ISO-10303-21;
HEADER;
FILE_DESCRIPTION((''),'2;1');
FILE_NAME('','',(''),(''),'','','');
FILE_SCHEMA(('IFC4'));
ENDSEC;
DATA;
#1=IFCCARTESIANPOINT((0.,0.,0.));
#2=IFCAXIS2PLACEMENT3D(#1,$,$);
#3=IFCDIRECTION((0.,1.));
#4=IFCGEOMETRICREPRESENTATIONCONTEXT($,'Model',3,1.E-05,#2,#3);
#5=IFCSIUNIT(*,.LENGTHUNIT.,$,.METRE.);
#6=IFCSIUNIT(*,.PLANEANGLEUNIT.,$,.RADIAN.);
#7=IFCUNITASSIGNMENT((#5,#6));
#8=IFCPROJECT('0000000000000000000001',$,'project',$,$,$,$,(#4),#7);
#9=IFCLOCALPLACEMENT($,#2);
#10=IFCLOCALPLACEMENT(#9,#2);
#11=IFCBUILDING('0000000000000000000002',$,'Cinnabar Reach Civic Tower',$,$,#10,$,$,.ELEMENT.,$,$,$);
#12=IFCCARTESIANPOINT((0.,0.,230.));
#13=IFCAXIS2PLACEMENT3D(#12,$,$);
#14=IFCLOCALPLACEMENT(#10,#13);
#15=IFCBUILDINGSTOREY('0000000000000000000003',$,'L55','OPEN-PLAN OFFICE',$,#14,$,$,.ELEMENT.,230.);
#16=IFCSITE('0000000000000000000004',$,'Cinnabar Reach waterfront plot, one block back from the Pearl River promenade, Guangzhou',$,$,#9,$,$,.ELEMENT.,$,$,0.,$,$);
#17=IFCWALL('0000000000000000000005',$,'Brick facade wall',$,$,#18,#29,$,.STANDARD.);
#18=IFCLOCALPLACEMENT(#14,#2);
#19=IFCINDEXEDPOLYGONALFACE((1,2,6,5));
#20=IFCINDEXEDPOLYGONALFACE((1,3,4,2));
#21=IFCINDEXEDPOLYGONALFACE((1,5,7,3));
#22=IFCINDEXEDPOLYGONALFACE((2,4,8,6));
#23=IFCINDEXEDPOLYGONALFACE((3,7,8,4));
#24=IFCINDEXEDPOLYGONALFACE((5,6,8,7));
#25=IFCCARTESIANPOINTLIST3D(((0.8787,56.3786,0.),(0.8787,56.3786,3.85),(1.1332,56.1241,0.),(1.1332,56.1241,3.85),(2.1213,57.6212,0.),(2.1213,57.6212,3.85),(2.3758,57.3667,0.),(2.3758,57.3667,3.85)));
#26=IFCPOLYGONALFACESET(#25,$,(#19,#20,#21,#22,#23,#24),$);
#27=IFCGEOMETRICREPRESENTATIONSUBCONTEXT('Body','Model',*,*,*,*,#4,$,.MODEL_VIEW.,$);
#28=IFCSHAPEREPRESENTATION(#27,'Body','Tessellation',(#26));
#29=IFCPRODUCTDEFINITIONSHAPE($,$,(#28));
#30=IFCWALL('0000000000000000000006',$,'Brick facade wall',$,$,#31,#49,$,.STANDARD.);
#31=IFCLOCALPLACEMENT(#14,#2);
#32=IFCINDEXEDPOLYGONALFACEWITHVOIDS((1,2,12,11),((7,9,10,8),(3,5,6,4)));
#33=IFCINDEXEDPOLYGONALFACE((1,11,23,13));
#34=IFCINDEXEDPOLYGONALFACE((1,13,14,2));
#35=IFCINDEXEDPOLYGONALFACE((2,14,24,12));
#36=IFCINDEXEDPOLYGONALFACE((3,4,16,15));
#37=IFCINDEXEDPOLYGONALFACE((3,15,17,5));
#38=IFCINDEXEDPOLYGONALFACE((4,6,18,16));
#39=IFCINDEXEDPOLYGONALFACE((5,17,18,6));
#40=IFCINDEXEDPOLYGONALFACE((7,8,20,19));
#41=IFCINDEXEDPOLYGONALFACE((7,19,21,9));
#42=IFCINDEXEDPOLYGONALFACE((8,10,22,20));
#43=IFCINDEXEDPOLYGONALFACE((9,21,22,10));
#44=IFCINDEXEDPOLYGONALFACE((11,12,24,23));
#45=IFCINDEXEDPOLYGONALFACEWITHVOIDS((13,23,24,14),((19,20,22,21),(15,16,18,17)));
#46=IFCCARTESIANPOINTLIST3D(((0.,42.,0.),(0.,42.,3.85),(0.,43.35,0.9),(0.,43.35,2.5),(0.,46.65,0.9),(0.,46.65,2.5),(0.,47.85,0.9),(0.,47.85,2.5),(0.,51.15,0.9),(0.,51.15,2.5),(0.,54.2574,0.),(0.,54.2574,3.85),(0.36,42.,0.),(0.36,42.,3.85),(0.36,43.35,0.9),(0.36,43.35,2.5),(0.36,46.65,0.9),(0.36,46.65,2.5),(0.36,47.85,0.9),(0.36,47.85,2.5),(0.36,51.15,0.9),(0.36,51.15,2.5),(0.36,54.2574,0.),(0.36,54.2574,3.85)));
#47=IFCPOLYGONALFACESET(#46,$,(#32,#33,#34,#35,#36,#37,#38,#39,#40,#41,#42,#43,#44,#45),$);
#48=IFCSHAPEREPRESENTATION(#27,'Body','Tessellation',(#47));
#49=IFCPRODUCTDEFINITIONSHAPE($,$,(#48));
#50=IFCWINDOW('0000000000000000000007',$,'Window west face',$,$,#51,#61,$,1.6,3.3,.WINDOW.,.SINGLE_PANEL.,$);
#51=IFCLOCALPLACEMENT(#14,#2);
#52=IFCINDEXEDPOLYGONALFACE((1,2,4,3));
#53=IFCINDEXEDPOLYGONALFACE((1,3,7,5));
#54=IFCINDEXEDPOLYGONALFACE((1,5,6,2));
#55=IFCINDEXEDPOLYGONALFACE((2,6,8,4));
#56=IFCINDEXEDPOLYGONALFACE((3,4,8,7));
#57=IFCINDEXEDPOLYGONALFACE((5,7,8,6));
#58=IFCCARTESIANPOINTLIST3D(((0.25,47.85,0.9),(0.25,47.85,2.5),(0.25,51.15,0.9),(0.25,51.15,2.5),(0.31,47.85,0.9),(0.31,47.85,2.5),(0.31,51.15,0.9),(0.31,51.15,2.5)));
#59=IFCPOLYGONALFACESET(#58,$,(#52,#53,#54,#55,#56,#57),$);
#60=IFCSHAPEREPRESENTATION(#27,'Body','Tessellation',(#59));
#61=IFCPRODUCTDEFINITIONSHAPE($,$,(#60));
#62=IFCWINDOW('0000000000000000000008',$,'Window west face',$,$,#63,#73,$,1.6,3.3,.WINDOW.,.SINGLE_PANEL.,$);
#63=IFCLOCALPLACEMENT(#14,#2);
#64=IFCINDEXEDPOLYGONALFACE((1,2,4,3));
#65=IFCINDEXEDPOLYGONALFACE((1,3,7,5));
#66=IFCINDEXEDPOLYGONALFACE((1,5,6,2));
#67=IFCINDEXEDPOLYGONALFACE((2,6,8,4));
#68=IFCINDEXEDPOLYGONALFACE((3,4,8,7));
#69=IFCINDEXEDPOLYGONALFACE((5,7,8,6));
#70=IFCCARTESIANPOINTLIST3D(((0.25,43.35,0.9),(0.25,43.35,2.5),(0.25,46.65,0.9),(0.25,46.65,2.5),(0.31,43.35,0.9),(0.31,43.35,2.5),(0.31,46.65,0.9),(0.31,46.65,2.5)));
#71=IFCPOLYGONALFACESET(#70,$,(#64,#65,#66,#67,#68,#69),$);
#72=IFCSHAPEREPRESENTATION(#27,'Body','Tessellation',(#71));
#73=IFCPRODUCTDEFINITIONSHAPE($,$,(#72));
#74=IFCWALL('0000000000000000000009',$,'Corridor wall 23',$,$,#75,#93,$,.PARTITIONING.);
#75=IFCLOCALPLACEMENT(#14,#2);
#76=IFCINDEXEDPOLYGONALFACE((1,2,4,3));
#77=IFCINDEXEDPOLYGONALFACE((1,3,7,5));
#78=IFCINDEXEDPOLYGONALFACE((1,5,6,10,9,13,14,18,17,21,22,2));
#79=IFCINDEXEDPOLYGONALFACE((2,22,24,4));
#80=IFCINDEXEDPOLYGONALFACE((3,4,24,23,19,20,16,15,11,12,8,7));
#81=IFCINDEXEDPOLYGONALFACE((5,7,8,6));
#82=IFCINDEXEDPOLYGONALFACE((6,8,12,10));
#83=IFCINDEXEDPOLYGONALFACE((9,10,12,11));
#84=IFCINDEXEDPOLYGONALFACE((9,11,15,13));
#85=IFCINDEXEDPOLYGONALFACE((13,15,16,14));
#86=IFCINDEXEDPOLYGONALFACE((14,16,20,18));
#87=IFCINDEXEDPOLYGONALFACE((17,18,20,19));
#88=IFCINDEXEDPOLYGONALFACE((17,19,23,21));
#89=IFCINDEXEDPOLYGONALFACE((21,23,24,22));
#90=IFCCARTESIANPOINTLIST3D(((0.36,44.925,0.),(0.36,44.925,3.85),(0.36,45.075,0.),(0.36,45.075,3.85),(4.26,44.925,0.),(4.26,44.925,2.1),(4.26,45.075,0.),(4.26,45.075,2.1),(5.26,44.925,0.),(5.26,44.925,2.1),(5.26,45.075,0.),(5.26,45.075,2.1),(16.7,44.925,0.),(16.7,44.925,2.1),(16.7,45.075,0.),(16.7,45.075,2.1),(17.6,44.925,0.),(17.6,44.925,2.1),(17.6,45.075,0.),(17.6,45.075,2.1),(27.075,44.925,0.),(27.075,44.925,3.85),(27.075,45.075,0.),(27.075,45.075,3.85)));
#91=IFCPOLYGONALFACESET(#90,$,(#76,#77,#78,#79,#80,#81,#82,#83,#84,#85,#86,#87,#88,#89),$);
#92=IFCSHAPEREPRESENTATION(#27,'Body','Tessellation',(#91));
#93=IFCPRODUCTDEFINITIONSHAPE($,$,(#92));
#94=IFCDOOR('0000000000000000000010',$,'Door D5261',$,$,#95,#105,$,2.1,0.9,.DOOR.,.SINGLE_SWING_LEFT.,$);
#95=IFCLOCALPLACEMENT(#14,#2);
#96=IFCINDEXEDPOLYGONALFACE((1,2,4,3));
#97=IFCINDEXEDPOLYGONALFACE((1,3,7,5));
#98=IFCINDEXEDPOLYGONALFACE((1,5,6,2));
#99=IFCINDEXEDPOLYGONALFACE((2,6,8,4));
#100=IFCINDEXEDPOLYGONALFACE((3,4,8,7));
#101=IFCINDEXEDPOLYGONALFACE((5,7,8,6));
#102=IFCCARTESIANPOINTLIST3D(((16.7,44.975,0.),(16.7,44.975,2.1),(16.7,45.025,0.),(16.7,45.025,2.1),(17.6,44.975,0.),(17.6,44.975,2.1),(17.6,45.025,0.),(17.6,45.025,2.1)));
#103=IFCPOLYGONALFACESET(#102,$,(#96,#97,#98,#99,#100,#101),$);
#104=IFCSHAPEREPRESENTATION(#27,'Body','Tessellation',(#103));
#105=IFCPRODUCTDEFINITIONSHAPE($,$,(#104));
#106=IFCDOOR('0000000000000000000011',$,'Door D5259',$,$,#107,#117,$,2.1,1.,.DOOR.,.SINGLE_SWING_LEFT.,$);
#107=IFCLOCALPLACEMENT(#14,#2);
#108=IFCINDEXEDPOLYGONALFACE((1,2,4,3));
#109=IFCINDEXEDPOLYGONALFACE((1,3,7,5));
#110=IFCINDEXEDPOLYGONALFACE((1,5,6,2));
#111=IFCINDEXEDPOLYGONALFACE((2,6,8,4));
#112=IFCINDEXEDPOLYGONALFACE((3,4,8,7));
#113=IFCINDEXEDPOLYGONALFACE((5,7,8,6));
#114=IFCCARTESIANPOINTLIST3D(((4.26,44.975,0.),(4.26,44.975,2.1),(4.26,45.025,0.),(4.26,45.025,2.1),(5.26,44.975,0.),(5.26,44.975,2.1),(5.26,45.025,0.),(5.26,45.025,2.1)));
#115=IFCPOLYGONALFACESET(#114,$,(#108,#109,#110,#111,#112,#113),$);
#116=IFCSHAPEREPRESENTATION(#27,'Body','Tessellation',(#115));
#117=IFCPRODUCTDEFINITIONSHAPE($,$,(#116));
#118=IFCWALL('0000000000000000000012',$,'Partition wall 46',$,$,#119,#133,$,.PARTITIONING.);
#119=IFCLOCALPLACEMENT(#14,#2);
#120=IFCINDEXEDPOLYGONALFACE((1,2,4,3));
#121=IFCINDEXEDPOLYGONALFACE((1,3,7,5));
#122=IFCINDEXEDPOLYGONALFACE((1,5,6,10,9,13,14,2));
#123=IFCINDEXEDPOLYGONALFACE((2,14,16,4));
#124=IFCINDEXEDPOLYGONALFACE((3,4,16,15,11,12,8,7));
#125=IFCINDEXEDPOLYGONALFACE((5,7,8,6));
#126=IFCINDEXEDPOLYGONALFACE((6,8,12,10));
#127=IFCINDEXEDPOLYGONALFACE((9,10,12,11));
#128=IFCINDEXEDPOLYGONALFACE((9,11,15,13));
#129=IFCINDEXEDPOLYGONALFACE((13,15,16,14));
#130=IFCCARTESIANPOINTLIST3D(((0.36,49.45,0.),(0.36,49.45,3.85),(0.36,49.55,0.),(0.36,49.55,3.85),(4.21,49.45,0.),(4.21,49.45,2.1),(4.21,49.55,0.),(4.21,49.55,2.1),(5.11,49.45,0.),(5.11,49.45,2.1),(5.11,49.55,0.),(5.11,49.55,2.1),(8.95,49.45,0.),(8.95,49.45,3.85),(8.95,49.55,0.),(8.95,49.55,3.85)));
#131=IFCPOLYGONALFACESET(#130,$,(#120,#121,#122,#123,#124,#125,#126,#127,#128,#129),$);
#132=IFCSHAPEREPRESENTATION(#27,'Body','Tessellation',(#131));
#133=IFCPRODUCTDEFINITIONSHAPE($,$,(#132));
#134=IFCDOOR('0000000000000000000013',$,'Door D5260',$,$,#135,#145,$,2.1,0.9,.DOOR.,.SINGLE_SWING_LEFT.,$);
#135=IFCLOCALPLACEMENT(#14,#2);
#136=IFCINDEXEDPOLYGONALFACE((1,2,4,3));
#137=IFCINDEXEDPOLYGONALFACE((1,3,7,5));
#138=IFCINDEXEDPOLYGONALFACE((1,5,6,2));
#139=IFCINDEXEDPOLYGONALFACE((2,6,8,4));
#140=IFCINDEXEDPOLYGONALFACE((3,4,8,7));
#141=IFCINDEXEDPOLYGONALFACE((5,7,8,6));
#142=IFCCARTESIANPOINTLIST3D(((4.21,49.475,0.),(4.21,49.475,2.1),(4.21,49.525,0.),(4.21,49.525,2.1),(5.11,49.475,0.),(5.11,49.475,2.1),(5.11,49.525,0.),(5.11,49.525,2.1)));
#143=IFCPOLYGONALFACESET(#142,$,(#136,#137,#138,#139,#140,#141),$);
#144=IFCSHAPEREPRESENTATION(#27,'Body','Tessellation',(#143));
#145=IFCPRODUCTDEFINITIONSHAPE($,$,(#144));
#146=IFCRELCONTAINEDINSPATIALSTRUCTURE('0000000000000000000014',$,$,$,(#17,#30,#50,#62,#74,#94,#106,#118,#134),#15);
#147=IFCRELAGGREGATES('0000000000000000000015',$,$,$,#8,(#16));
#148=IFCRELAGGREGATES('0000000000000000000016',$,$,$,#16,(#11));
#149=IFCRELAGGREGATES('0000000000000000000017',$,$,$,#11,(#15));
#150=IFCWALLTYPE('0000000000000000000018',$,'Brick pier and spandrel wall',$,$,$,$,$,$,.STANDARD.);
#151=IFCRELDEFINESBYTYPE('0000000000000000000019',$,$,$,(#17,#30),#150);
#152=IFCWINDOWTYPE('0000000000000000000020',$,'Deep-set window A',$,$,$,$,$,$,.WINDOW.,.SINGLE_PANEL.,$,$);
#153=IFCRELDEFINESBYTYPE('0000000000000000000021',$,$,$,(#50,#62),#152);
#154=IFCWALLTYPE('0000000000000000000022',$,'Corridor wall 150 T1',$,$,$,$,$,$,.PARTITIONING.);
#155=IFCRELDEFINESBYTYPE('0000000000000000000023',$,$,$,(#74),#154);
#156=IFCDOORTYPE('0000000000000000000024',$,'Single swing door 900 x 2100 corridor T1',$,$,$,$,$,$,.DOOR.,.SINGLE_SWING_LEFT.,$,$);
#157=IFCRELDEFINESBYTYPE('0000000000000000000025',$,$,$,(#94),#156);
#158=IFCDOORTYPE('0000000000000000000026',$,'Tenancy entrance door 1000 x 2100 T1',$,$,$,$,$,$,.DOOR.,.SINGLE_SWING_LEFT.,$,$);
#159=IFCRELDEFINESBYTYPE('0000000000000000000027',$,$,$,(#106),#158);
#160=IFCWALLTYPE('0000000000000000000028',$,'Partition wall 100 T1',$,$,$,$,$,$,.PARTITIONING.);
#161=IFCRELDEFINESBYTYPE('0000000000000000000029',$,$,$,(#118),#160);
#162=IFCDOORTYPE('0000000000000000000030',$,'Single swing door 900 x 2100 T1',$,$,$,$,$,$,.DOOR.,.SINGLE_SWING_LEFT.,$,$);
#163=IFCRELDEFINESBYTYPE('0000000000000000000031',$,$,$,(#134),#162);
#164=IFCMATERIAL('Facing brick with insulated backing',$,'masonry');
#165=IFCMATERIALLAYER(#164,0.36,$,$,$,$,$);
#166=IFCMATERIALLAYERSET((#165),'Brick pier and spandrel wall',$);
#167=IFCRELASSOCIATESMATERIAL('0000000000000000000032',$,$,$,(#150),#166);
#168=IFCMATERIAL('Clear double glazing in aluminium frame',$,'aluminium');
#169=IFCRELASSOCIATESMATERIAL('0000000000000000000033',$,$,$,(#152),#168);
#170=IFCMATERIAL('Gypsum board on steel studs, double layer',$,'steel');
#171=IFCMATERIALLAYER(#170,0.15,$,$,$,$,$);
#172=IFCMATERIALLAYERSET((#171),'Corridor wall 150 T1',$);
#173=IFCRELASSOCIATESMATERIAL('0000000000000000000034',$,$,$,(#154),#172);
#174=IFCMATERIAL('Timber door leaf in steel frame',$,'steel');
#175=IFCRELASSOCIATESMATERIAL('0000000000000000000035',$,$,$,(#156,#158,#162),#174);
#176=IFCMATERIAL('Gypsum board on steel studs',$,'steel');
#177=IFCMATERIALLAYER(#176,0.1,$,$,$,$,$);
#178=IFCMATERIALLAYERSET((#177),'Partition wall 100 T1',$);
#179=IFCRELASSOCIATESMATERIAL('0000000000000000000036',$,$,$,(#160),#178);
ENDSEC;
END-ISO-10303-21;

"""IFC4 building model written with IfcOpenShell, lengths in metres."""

from ifc_helpers import new_model, si_unit, direction, frame, frame_2d, origin, place, context, subcontext, project, spatial, rectangle, extrude, material, layer, layer_set, type_object, element, fill, save


model = new_model("IFC4")

# Units and contexts
model_context = context("Model", 3, precision=1e-05, world=origin(), true_north=direction((0.0, 1.0)))
body_context = subcontext(model_context, "Body", "Model", "MODEL_VIEW")
ifc_project = project(units=[si_unit("LENGTHUNIT", "METRE"), si_unit("PLANEANGLEUNIT", "RADIAN")], contexts=[model_context])

# Site, building, storey
site_placement = place(None, origin())
site = spatial("IfcSite", under=ifc_project, at=site_placement, Name="Cinnabar Reach waterfront plot, one block back from the Pearl River promenade, Guangzhou", CompositionType="ELEMENT", RefElevation=0.0)
building_placement = place(site_placement, origin())
building = spatial("IfcBuilding", under=site, at=building_placement, Name="Cinnabar Reach Civic Tower", CompositionType="ELEMENT")
storey_placement = place(building_placement, frame((0.0, 0.0, 230.0)))
storey = spatial("IfcBuildingStorey", under=building, at=storey_placement, Name="L55", Description="OPEN-PLAN OFFICE", CompositionType="ELEMENT", Elevation=230.0)

# Wall
ifc_material_1 = material(Name="Facing brick with insulated backing", Category="masonry")
ifc_layer_1 = layer(ifc_material_1, 0.36)
ifc_layer_set_1 = layer_set([ifc_layer_1], Name="Brick pier and spandrel wall")
wall_type_1 = type_object("IfcWallType", Name="Brick pier and spandrel wall", PredefinedType="STANDARD", material=ifc_layer_set_1)
wall_1_placement = place(storey_placement, frame((2.2486, 57.494, 0.0), z_axis=(0.0, 0.0, 1.0), x_axis=(-0.707107, -0.707107, 0.0)))
element("IfcWall", 1, at=wall_1_placement, inside=storey, type_object=wall_type_1, Name="Brick facade wall", PredefinedType="STANDARD", context=body_context, shape_type="SweptSolid", body=[
    extrude(rectangle(XDim=1.7573, YDim=0.36, at=frame_2d((0.8787, 0.0))), origin(), (0.0, 0.0, 1.0), 3.85),
])

# Wall, openings, windows
wall_2_placement = place(storey_placement, frame((0.18, 54.2574, 0.0), z_axis=(0.0, 0.0, 1.0), x_axis=(0.0, -1.0, 0.0)))
wall_2 = element("IfcWall", 2, at=wall_2_placement, inside=storey, type_object=wall_type_1, Name="Brick facade wall", PredefinedType="STANDARD", context=body_context, shape_type="SweptSolid", body=[
    extrude(rectangle(XDim=12.2574, YDim=0.36, at=frame_2d((6.1287, 0.0))), origin(), (0.0, 0.0, 1.0), 3.85),
])
opening_1_placement = place(wall_2_placement, frame((3.1074, 0.0, 0.9)))
opening_1 = element("IfcOpeningElement", 3, at=opening_1_placement, cuts=wall_2, PredefinedType="OPENING", context=body_context, shape_type="SweptSolid", body=[
    extrude(rectangle(XDim=3.3, YDim=1.6, at=frame_2d((1.65, 0.8))), frame((0.0, 0.19, 0.0), z_axis=(0.0, -1.0, 0.0), x_axis=(1.0, 0.0, 0.0)), (0.0, 0.0, 1.0), 0.38),
])
opening_2_placement = place(wall_2_placement, frame((7.6074, 0.0, 0.9)))
opening_2 = element("IfcOpeningElement", 4, at=opening_2_placement, cuts=wall_2, PredefinedType="OPENING", context=body_context, shape_type="SweptSolid", body=[
    extrude(rectangle(XDim=3.3, YDim=1.6, at=frame_2d((1.65, 0.8))), frame((0.0, 0.19, 0.0), z_axis=(0.0, -1.0, 0.0), x_axis=(1.0, 0.0, 0.0)), (0.0, 0.0, 1.0), 0.38),
])
ifc_material_2 = material(Name="Clear double glazing in aluminium frame", Category="aluminium")
window_type = type_object("IfcWindowType", Name="Deep-set window A", PartitioningType="SINGLE_PANEL", PredefinedType="WINDOW", material=ifc_material_2)
window_1_placement = place(opening_1_placement, origin())
window_1 = element("IfcWindow", 5, at=window_1_placement, inside=storey, type_object=window_type, Name="Window west face", OverallHeight=1.6, OverallWidth=3.3, PartitioningType="SINGLE_PANEL", PredefinedType="WINDOW", context=body_context, shape_type="SweptSolid", body=[
    extrude(rectangle(XDim=3.3, YDim=1.6, at=frame_2d((1.65, 0.8))), frame((0.0, 0.13, 0.0), z_axis=(0.0, -1.0, 0.0), x_axis=(1.0, 0.0, 0.0)), (0.0, 0.0, 1.0), 0.06),
])
fill(opening_1, window_1)
window_2_placement = place(opening_2_placement, origin())
window_2 = element("IfcWindow", 6, at=window_2_placement, inside=storey, type_object=window_type, Name="Window west face", OverallHeight=1.6, OverallWidth=3.3, PartitioningType="SINGLE_PANEL", PredefinedType="WINDOW", context=body_context, shape_type="SweptSolid", body=[
    extrude(rectangle(XDim=3.3, YDim=1.6, at=frame_2d((1.65, 0.8))), frame((0.0, 0.13, 0.0), z_axis=(0.0, -1.0, 0.0), x_axis=(1.0, 0.0, 0.0)), (0.0, 0.0, 1.0), 0.06),
])
fill(opening_2, window_2)

# Wall, openings, doors
ifc_material_3 = material(Name="Gypsum board on steel studs, double layer", Category="steel")
ifc_layer_2 = layer(ifc_material_3, 0.15)
ifc_layer_set_2 = layer_set([ifc_layer_2], Name="Corridor wall 150 T1")
wall_type_2 = type_object("IfcWallType", Name="Corridor wall 150 T1", PredefinedType="PARTITIONING", material=ifc_layer_set_2)
wall_3_placement = place(storey_placement, frame((0.36, 45.0, 0.0), z_axis=(0.0, 0.0, 1.0), x_axis=(1.0, 0.0, 0.0)))
wall_3 = element("IfcWall", 7, at=wall_3_placement, inside=storey, type_object=wall_type_2, Name="Corridor wall 23", PredefinedType="PARTITIONING", context=body_context, shape_type="SweptSolid", body=[
    extrude(rectangle(XDim=26.715, YDim=0.15, at=frame_2d((13.3575, 0.0))), origin(), (0.0, 0.0, 1.0), 3.85),
])
opening_3_placement = place(wall_3_placement, frame((3.9, 0.0, 0.0)))
opening_3 = element("IfcOpeningElement", 8, at=opening_3_placement, cuts=wall_3, PredefinedType="OPENING", context=body_context, shape_type="SweptSolid", body=[
    extrude(rectangle(XDim=1.0, YDim=2.1, at=frame_2d((0.5, 1.05))), frame((0.0, 0.085, 0.0), z_axis=(0.0, -1.0, 0.0), x_axis=(1.0, 0.0, 0.0)), (0.0, 0.0, 1.0), 0.17),
])
opening_4_placement = place(wall_3_placement, frame((16.34, 0.0, 0.0)))
opening_4 = element("IfcOpeningElement", 9, at=opening_4_placement, cuts=wall_3, PredefinedType="OPENING", context=body_context, shape_type="SweptSolid", body=[
    extrude(rectangle(XDim=0.9, YDim=2.1, at=frame_2d((0.45, 1.05))), frame((0.0, 0.085, 0.0), z_axis=(0.0, -1.0, 0.0), x_axis=(1.0, 0.0, 0.0)), (0.0, 0.0, 1.0), 0.17),
])
ifc_material_4 = material(Name="Timber door leaf in steel frame", Category="steel")
door_type_1 = type_object("IfcDoorType", Name="Single swing door 900 x 2100 corridor T1", OperationType="SINGLE_SWING_LEFT", PredefinedType="DOOR", material=ifc_material_4)
door_1_placement = place(opening_4_placement, origin())
door_1 = element("IfcDoor", 10, at=door_1_placement, inside=storey, type_object=door_type_1, Name="Door D5261", OperationType="SINGLE_SWING_LEFT", OverallHeight=2.1, OverallWidth=0.9, PredefinedType="DOOR", context=body_context, shape_type="SweptSolid", body=[
    extrude(rectangle(XDim=0.9, YDim=2.1, at=frame_2d((0.45, 1.05))), frame((0.0, 0.025, 0.0), z_axis=(0.0, -1.0, 0.0), x_axis=(1.0, 0.0, 0.0)), (0.0, 0.0, 1.0), 0.05),
])
fill(opening_4, door_1)
door_type_2 = type_object("IfcDoorType", Name="Tenancy entrance door 1000 x 2100 T1", OperationType="SINGLE_SWING_LEFT", PredefinedType="DOOR", material=ifc_material_4)
door_2_placement = place(opening_3_placement, origin())
door_2 = element("IfcDoor", 11, at=door_2_placement, inside=storey, type_object=door_type_2, Name="Door D5259", OperationType="SINGLE_SWING_LEFT", OverallHeight=2.1, OverallWidth=1.0, PredefinedType="DOOR", context=body_context, shape_type="SweptSolid", body=[
    extrude(rectangle(XDim=1.0, YDim=2.1, at=frame_2d((0.5, 1.05))), frame((0.0, 0.025, 0.0), z_axis=(0.0, -1.0, 0.0), x_axis=(1.0, 0.0, 0.0)), (0.0, 0.0, 1.0), 0.05),
])
fill(opening_3, door_2)

# Wall, opening, door
ifc_material_5 = material(Name="Gypsum board on steel studs", Category="steel")
ifc_layer_3 = layer(ifc_material_5, 0.1)
ifc_layer_set_3 = layer_set([ifc_layer_3], Name="Partition wall 100 T1")
wall_type_3 = type_object("IfcWallType", Name="Partition wall 100 T1", PredefinedType="PARTITIONING", material=ifc_layer_set_3)
wall_4_placement = place(storey_placement, frame((0.36, 49.5, 0.0), z_axis=(0.0, 0.0, 1.0), x_axis=(1.0, 0.0, 0.0)))
wall_4 = element("IfcWall", 12, at=wall_4_placement, inside=storey, type_object=wall_type_3, Name="Partition wall 46", PredefinedType="PARTITIONING", context=body_context, shape_type="SweptSolid", body=[
    extrude(rectangle(XDim=8.59, YDim=0.1, at=frame_2d((4.295, 0.0))), origin(), (0.0, 0.0, 1.0), 3.85),
])
opening_5_placement = place(wall_4_placement, frame((3.85, 0.0, 0.0)))
opening_5 = element("IfcOpeningElement", 13, at=opening_5_placement, cuts=wall_4, PredefinedType="OPENING", context=body_context, shape_type="SweptSolid", body=[
    extrude(rectangle(XDim=0.9, YDim=2.1, at=frame_2d((0.45, 1.05))), frame((0.0, 0.06, 0.0), z_axis=(0.0, -1.0, 0.0), x_axis=(1.0, 0.0, 0.0)), (0.0, 0.0, 1.0), 0.12),
])
door_type_3 = type_object("IfcDoorType", Name="Single swing door 900 x 2100 T1", OperationType="SINGLE_SWING_LEFT", PredefinedType="DOOR", material=ifc_material_4)
door_3_placement = place(opening_5_placement, frame((0.9, 0.0, 0.0), z_axis=(0.0, 0.0, 1.0), x_axis=(-1.0, 0.0, 0.0)))
door_3 = element("IfcDoor", 14, at=door_3_placement, inside=storey, type_object=door_type_3, Name="Door D5260", OperationType="SINGLE_SWING_LEFT", OverallHeight=2.1, OverallWidth=0.9, PredefinedType="DOOR", context=body_context, shape_type="SweptSolid", body=[
    extrude(rectangle(XDim=0.9, YDim=2.1, at=frame_2d((0.45, 1.05))), frame((0.0, 0.025, 0.0), z_axis=(0.0, -1.0, 0.0), x_axis=(1.0, 0.0, 0.0)), (0.0, 0.0, 1.0), 0.05),
])
fill(opening_5, door_3)

save(model, "model.ifc")
